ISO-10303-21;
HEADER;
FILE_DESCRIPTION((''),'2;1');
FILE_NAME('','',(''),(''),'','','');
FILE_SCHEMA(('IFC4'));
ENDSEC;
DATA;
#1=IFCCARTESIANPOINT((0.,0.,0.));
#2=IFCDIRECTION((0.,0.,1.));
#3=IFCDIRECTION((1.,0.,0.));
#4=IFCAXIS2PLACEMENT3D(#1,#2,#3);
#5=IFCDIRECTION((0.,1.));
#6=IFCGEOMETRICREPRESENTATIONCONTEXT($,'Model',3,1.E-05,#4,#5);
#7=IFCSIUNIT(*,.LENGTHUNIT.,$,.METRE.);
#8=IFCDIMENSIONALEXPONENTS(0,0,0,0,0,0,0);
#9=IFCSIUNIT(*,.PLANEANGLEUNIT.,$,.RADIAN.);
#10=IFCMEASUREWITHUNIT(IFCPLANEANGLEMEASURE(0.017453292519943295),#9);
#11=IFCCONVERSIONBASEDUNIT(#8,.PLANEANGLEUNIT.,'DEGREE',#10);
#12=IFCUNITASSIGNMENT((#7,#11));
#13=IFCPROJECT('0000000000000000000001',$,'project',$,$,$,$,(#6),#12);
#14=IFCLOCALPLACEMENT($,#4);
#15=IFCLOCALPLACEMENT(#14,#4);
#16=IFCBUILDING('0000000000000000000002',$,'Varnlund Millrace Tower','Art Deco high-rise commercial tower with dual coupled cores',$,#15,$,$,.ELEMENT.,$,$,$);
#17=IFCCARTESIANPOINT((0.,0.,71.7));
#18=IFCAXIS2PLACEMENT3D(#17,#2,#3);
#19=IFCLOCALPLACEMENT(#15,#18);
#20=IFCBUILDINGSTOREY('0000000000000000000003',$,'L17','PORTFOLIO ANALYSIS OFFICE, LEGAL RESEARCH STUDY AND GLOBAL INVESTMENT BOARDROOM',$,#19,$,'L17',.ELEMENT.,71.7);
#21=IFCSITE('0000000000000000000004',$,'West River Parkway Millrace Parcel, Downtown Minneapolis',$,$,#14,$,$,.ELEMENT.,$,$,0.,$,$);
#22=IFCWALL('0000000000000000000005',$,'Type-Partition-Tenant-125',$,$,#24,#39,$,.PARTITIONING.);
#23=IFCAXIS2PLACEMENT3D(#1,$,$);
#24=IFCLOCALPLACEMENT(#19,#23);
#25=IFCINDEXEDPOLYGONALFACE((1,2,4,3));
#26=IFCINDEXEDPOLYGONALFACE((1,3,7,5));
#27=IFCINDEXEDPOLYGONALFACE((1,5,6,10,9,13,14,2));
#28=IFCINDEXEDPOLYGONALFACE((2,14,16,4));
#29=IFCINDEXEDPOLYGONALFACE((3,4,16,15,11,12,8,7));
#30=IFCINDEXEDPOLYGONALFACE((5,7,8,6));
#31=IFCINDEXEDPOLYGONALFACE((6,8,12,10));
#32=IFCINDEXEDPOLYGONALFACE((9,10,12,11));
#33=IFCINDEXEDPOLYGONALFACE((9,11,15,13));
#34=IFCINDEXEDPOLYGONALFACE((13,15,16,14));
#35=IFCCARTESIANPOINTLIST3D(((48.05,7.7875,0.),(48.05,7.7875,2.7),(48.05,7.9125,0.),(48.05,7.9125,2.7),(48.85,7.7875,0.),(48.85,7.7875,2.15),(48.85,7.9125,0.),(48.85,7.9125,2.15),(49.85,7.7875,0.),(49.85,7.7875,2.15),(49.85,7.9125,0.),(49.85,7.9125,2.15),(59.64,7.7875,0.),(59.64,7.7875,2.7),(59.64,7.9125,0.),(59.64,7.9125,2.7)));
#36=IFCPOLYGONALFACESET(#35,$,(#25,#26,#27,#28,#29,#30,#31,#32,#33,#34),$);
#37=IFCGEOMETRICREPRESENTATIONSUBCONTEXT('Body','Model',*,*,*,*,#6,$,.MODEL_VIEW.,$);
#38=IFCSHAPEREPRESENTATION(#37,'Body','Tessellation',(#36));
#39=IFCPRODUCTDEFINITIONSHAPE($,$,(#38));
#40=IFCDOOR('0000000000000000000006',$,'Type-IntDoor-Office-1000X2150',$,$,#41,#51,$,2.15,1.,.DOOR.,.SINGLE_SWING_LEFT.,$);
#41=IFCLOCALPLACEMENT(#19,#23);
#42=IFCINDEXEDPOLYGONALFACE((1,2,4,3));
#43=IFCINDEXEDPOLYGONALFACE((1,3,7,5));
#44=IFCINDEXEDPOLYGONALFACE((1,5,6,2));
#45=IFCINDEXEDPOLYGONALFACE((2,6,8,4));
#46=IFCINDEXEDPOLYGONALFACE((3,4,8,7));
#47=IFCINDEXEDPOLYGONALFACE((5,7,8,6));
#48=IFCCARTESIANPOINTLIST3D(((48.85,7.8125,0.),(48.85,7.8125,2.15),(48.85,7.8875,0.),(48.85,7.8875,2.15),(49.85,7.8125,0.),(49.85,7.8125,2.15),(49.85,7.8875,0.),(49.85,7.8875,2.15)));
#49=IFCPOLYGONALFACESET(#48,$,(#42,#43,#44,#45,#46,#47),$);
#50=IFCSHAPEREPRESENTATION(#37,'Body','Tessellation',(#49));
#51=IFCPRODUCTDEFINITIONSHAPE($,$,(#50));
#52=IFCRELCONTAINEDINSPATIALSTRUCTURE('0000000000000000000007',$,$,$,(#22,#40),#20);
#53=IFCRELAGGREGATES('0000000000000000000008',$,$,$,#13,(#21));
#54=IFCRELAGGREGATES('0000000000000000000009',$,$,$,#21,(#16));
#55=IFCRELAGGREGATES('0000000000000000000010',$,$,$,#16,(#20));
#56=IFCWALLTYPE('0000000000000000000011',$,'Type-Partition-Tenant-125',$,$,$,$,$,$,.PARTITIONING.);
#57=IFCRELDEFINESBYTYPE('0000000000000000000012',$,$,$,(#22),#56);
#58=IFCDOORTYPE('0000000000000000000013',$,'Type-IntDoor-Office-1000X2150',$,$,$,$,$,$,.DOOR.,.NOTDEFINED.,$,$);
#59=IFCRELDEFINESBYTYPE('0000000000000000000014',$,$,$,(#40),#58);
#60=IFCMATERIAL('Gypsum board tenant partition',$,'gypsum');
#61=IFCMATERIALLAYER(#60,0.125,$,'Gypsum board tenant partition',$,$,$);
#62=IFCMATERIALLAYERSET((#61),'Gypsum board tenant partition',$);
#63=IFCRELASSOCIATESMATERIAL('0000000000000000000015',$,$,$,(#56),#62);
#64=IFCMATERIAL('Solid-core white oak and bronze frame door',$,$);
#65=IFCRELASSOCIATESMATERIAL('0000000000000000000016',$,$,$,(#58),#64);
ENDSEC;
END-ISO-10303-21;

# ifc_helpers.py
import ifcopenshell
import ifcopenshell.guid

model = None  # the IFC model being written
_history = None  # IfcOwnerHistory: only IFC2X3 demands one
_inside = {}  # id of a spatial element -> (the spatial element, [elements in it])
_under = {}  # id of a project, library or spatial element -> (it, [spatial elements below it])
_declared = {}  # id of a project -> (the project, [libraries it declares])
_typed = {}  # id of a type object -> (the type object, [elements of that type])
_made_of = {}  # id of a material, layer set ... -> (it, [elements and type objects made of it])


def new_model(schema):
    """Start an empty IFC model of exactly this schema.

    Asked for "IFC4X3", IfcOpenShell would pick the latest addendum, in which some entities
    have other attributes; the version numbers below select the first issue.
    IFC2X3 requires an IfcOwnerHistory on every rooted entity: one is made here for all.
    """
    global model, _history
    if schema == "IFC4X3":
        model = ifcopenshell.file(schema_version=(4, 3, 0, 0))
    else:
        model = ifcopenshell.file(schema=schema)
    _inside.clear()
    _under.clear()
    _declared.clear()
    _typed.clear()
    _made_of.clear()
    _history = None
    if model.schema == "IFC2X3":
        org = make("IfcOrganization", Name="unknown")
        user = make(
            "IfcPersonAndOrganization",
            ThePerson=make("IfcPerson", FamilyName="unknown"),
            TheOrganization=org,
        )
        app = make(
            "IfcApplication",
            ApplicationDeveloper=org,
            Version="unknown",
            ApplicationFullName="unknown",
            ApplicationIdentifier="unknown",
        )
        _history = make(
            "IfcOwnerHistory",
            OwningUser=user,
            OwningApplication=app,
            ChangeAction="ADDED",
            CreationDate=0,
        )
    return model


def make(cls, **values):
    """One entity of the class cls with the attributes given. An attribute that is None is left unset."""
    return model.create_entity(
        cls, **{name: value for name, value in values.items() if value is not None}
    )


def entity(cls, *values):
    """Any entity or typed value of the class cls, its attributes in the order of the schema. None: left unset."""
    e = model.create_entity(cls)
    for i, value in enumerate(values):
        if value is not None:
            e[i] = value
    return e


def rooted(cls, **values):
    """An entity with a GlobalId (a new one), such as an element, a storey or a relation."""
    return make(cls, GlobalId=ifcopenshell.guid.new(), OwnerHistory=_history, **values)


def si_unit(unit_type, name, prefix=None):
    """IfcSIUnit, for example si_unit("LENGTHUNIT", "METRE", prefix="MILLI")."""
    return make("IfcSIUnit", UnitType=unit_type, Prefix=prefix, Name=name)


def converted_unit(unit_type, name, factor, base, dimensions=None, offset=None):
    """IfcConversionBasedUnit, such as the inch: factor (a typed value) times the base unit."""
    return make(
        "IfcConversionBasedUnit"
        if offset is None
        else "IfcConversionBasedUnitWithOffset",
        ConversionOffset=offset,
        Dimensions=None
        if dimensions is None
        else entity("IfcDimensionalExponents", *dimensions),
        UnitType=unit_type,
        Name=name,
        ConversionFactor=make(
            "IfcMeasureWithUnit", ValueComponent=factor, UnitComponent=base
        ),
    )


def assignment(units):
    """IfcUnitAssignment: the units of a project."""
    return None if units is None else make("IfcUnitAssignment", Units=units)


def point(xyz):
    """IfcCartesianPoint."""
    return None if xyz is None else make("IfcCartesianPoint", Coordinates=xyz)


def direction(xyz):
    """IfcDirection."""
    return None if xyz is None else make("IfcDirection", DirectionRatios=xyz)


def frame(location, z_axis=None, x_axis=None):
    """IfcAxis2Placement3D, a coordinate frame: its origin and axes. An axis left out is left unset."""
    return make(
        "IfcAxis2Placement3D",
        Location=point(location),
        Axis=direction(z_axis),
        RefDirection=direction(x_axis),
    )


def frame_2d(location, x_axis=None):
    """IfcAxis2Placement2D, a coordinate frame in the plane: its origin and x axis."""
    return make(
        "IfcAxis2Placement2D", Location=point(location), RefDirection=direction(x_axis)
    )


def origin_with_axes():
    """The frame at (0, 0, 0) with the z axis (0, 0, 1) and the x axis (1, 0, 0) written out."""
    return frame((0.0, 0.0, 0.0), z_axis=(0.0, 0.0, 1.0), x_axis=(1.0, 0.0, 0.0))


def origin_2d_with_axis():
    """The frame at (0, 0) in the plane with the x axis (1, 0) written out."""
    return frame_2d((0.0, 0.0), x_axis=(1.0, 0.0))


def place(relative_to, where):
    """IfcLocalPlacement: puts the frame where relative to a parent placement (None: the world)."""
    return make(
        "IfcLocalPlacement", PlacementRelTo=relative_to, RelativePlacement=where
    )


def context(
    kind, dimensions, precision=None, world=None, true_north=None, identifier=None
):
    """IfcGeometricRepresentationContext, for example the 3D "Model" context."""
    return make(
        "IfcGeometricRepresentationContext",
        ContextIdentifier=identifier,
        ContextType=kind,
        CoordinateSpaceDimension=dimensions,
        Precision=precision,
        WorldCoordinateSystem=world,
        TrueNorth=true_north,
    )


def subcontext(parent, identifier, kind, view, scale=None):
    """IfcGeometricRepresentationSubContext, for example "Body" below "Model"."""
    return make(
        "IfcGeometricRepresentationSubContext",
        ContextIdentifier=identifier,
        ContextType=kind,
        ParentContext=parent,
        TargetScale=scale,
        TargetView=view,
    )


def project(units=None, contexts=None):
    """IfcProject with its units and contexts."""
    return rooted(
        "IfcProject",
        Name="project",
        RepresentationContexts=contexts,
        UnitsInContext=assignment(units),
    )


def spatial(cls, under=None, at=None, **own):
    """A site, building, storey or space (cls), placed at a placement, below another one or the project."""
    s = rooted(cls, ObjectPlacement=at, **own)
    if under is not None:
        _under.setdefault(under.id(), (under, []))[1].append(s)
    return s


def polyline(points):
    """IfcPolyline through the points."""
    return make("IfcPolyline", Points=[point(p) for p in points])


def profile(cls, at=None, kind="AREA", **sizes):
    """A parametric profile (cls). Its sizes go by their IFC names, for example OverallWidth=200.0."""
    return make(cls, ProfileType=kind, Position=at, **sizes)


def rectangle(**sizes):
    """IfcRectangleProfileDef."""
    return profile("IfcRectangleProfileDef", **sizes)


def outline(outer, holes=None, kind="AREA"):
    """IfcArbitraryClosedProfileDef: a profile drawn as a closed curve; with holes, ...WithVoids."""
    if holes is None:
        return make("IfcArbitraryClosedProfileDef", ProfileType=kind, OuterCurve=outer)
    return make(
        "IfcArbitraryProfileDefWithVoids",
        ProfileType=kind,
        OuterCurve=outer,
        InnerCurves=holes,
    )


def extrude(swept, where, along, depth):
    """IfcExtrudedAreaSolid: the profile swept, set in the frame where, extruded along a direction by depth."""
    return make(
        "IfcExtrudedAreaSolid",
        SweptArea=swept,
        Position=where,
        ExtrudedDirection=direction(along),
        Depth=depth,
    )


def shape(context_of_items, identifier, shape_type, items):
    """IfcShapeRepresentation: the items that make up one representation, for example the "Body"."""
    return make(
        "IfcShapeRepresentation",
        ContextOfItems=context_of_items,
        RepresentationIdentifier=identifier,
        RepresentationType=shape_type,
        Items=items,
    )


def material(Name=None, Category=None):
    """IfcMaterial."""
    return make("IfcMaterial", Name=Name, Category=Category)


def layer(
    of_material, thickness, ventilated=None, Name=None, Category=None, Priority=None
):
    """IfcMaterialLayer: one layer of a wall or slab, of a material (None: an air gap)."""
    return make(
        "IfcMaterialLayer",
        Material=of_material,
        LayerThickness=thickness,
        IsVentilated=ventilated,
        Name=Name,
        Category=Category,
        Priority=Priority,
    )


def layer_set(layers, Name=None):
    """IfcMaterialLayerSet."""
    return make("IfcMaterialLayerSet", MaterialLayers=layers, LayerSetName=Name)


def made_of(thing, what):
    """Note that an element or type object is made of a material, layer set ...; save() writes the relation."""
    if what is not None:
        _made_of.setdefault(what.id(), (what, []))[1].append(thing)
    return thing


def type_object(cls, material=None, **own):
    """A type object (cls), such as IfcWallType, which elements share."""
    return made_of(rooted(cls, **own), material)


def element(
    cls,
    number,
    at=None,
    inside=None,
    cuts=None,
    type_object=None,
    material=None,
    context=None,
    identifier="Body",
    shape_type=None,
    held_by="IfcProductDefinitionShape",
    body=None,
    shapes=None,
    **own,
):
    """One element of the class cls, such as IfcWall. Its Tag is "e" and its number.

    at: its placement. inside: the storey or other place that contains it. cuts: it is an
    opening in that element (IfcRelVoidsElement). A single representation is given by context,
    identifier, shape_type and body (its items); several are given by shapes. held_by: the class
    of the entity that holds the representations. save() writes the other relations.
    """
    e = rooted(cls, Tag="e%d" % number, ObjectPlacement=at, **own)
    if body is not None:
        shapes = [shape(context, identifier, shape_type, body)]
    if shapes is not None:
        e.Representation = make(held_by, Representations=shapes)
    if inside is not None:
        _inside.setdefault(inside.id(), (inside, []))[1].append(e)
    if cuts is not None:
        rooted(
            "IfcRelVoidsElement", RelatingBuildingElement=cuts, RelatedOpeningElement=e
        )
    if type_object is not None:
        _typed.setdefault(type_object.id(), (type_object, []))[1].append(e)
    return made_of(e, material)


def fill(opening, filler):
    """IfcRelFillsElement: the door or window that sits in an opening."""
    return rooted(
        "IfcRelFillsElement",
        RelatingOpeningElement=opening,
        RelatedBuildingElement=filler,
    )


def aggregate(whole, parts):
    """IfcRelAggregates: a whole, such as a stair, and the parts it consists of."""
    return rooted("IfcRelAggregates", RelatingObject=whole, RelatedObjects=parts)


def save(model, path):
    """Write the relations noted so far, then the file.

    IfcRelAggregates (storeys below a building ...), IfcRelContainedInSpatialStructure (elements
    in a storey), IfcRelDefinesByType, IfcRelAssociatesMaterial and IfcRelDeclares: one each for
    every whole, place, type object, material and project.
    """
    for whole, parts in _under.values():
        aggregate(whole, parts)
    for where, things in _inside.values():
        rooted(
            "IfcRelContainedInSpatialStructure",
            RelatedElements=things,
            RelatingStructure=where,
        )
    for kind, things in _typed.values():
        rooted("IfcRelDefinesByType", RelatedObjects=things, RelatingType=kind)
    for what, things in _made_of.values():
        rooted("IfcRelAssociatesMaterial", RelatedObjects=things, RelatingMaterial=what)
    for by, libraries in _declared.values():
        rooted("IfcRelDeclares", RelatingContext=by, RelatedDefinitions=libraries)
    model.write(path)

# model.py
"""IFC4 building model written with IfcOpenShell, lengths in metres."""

from ifc_helpers import new_model, entity, si_unit, converted_unit, direction, frame, origin_with_axes, origin_2d_with_axis, place, context, subcontext, project, spatial, polyline, rectangle, outline, extrude, material, layer, layer_set, type_object, element, fill, save


model = new_model("IFC4")

# Units and contexts
model_context = context("Model", 3, precision=1e-05, world=origin_with_axes(), true_north=direction((0.0, 1.0)))
body_context = subcontext(model_context, "Body", "Model", "MODEL_VIEW")
ifc_project = project(units=[si_unit("LENGTHUNIT", "METRE"), converted_unit("PLANEANGLEUNIT", "DEGREE", entity("IfcPlaneAngleMeasure", 0.017453292519943295), si_unit("PLANEANGLEUNIT", "RADIAN"), dimensions=[0, 0, 0, 0, 0, 0, 0])], contexts=[model_context])

# Site, building, storey
site_placement = place(None, origin_with_axes())
site = spatial("IfcSite", under=ifc_project, at=site_placement, Name="West River Parkway Millrace Parcel, Downtown Minneapolis", CompositionType="ELEMENT", RefElevation=0.0)
building_placement = place(site_placement, origin_with_axes())
building = spatial("IfcBuilding", under=site, at=building_placement, Name="Varnlund Millrace Tower", Description="Art Deco high-rise commercial tower with dual coupled cores", CompositionType="ELEMENT")
storey_placement = place(building_placement, frame((0.0, 0.0, 71.7), z_axis=(0.0, 0.0, 1.0), x_axis=(1.0, 0.0, 0.0)))
storey = spatial("IfcBuildingStorey", under=building, at=storey_placement, Name="L17", Description="PORTFOLIO ANALYSIS OFFICE, LEGAL RESEARCH STUDY AND GLOBAL INVESTMENT BOARDROOM", LongName="L17", CompositionType="ELEMENT", Elevation=71.7)

# Wall, opening, door
ifc_material_1 = material(Name="Gypsum board tenant partition", Category="gypsum")
ifc_layer_1 = layer(ifc_material_1, 0.125, Name="Gypsum board tenant partition")
ifc_layer_set_1 = layer_set([ifc_layer_1], Name="Gypsum board tenant partition")
wall_type_1 = type_object("IfcWallType", Name="Type-Partition-Tenant-125", PredefinedType="PARTITIONING", material=ifc_layer_set_1)
wall_1_placement = place(storey_placement, frame((59.64, 7.85, 0.0), z_axis=(0.0, 0.0, 1.0), x_axis=(-1.0, 0.0, 0.0)))
wall_1 = element("IfcWall", 1, at=wall_1_placement, inside=storey, type_object=wall_type_1, Name="Type-Partition-Tenant-125", PredefinedType="PARTITIONING", context=body_context, shape_type="SweptSolid", body=[
    extrude(outline(polyline([(0.0, -0.0625), (11.59, -0.0625), (11.59, 0.0625), (0.0, 0.0625), (0.0, -0.0625)])), origin_with_axes(), (0.0, 0.0, 1.0), 2.7),
])
opening_1_placement = place(wall_1_placement, frame((10.29, 0.0, 0.0), z_axis=(0.0, 0.0, 1.0), x_axis=(1.0, 0.0, 0.0)))
opening_1 = element("IfcOpeningElement", 2, at=opening_1_placement, cuts=wall_1, PredefinedType="OPENING", context=body_context, shape_type="SweptSolid", body=[
    extrude(rectangle(XDim=1.0, YDim=0.145, at=origin_2d_with_axis()), origin_with_axes(), (0.0, 0.0, 1.0), 2.15),
])
ifc_material_2 = material(Name="Solid-core white oak and bronze frame door")
door_type_1 = type_object("IfcDoorType", Name="Type-IntDoor-Office-1000X2150", OperationType="NOTDEFINED", PredefinedType="DOOR", material=ifc_material_2)
door_1_placement = place(wall_1_placement, frame((10.29, 0.0, 0.0), z_axis=(0.0, 0.0, 1.0), x_axis=(1.0, 0.0, 0.0)))
door_1 = element("IfcDoor", 3, at=door_1_placement, inside=storey, type_object=door_type_1, Name="Type-IntDoor-Office-1000X2150", OperationType="SINGLE_SWING_LEFT", OverallHeight=2.15, OverallWidth=1.0, PredefinedType="DOOR", context=body_context, shape_type="SweptSolid", body=[
    extrude(rectangle(XDim=1.0, YDim=0.075, at=origin_2d_with_axis()), origin_with_axes(), (0.0, 0.0, 1.0), 2.15),
])
fill(opening_1, door_1)

save(model, "model.ifc")
